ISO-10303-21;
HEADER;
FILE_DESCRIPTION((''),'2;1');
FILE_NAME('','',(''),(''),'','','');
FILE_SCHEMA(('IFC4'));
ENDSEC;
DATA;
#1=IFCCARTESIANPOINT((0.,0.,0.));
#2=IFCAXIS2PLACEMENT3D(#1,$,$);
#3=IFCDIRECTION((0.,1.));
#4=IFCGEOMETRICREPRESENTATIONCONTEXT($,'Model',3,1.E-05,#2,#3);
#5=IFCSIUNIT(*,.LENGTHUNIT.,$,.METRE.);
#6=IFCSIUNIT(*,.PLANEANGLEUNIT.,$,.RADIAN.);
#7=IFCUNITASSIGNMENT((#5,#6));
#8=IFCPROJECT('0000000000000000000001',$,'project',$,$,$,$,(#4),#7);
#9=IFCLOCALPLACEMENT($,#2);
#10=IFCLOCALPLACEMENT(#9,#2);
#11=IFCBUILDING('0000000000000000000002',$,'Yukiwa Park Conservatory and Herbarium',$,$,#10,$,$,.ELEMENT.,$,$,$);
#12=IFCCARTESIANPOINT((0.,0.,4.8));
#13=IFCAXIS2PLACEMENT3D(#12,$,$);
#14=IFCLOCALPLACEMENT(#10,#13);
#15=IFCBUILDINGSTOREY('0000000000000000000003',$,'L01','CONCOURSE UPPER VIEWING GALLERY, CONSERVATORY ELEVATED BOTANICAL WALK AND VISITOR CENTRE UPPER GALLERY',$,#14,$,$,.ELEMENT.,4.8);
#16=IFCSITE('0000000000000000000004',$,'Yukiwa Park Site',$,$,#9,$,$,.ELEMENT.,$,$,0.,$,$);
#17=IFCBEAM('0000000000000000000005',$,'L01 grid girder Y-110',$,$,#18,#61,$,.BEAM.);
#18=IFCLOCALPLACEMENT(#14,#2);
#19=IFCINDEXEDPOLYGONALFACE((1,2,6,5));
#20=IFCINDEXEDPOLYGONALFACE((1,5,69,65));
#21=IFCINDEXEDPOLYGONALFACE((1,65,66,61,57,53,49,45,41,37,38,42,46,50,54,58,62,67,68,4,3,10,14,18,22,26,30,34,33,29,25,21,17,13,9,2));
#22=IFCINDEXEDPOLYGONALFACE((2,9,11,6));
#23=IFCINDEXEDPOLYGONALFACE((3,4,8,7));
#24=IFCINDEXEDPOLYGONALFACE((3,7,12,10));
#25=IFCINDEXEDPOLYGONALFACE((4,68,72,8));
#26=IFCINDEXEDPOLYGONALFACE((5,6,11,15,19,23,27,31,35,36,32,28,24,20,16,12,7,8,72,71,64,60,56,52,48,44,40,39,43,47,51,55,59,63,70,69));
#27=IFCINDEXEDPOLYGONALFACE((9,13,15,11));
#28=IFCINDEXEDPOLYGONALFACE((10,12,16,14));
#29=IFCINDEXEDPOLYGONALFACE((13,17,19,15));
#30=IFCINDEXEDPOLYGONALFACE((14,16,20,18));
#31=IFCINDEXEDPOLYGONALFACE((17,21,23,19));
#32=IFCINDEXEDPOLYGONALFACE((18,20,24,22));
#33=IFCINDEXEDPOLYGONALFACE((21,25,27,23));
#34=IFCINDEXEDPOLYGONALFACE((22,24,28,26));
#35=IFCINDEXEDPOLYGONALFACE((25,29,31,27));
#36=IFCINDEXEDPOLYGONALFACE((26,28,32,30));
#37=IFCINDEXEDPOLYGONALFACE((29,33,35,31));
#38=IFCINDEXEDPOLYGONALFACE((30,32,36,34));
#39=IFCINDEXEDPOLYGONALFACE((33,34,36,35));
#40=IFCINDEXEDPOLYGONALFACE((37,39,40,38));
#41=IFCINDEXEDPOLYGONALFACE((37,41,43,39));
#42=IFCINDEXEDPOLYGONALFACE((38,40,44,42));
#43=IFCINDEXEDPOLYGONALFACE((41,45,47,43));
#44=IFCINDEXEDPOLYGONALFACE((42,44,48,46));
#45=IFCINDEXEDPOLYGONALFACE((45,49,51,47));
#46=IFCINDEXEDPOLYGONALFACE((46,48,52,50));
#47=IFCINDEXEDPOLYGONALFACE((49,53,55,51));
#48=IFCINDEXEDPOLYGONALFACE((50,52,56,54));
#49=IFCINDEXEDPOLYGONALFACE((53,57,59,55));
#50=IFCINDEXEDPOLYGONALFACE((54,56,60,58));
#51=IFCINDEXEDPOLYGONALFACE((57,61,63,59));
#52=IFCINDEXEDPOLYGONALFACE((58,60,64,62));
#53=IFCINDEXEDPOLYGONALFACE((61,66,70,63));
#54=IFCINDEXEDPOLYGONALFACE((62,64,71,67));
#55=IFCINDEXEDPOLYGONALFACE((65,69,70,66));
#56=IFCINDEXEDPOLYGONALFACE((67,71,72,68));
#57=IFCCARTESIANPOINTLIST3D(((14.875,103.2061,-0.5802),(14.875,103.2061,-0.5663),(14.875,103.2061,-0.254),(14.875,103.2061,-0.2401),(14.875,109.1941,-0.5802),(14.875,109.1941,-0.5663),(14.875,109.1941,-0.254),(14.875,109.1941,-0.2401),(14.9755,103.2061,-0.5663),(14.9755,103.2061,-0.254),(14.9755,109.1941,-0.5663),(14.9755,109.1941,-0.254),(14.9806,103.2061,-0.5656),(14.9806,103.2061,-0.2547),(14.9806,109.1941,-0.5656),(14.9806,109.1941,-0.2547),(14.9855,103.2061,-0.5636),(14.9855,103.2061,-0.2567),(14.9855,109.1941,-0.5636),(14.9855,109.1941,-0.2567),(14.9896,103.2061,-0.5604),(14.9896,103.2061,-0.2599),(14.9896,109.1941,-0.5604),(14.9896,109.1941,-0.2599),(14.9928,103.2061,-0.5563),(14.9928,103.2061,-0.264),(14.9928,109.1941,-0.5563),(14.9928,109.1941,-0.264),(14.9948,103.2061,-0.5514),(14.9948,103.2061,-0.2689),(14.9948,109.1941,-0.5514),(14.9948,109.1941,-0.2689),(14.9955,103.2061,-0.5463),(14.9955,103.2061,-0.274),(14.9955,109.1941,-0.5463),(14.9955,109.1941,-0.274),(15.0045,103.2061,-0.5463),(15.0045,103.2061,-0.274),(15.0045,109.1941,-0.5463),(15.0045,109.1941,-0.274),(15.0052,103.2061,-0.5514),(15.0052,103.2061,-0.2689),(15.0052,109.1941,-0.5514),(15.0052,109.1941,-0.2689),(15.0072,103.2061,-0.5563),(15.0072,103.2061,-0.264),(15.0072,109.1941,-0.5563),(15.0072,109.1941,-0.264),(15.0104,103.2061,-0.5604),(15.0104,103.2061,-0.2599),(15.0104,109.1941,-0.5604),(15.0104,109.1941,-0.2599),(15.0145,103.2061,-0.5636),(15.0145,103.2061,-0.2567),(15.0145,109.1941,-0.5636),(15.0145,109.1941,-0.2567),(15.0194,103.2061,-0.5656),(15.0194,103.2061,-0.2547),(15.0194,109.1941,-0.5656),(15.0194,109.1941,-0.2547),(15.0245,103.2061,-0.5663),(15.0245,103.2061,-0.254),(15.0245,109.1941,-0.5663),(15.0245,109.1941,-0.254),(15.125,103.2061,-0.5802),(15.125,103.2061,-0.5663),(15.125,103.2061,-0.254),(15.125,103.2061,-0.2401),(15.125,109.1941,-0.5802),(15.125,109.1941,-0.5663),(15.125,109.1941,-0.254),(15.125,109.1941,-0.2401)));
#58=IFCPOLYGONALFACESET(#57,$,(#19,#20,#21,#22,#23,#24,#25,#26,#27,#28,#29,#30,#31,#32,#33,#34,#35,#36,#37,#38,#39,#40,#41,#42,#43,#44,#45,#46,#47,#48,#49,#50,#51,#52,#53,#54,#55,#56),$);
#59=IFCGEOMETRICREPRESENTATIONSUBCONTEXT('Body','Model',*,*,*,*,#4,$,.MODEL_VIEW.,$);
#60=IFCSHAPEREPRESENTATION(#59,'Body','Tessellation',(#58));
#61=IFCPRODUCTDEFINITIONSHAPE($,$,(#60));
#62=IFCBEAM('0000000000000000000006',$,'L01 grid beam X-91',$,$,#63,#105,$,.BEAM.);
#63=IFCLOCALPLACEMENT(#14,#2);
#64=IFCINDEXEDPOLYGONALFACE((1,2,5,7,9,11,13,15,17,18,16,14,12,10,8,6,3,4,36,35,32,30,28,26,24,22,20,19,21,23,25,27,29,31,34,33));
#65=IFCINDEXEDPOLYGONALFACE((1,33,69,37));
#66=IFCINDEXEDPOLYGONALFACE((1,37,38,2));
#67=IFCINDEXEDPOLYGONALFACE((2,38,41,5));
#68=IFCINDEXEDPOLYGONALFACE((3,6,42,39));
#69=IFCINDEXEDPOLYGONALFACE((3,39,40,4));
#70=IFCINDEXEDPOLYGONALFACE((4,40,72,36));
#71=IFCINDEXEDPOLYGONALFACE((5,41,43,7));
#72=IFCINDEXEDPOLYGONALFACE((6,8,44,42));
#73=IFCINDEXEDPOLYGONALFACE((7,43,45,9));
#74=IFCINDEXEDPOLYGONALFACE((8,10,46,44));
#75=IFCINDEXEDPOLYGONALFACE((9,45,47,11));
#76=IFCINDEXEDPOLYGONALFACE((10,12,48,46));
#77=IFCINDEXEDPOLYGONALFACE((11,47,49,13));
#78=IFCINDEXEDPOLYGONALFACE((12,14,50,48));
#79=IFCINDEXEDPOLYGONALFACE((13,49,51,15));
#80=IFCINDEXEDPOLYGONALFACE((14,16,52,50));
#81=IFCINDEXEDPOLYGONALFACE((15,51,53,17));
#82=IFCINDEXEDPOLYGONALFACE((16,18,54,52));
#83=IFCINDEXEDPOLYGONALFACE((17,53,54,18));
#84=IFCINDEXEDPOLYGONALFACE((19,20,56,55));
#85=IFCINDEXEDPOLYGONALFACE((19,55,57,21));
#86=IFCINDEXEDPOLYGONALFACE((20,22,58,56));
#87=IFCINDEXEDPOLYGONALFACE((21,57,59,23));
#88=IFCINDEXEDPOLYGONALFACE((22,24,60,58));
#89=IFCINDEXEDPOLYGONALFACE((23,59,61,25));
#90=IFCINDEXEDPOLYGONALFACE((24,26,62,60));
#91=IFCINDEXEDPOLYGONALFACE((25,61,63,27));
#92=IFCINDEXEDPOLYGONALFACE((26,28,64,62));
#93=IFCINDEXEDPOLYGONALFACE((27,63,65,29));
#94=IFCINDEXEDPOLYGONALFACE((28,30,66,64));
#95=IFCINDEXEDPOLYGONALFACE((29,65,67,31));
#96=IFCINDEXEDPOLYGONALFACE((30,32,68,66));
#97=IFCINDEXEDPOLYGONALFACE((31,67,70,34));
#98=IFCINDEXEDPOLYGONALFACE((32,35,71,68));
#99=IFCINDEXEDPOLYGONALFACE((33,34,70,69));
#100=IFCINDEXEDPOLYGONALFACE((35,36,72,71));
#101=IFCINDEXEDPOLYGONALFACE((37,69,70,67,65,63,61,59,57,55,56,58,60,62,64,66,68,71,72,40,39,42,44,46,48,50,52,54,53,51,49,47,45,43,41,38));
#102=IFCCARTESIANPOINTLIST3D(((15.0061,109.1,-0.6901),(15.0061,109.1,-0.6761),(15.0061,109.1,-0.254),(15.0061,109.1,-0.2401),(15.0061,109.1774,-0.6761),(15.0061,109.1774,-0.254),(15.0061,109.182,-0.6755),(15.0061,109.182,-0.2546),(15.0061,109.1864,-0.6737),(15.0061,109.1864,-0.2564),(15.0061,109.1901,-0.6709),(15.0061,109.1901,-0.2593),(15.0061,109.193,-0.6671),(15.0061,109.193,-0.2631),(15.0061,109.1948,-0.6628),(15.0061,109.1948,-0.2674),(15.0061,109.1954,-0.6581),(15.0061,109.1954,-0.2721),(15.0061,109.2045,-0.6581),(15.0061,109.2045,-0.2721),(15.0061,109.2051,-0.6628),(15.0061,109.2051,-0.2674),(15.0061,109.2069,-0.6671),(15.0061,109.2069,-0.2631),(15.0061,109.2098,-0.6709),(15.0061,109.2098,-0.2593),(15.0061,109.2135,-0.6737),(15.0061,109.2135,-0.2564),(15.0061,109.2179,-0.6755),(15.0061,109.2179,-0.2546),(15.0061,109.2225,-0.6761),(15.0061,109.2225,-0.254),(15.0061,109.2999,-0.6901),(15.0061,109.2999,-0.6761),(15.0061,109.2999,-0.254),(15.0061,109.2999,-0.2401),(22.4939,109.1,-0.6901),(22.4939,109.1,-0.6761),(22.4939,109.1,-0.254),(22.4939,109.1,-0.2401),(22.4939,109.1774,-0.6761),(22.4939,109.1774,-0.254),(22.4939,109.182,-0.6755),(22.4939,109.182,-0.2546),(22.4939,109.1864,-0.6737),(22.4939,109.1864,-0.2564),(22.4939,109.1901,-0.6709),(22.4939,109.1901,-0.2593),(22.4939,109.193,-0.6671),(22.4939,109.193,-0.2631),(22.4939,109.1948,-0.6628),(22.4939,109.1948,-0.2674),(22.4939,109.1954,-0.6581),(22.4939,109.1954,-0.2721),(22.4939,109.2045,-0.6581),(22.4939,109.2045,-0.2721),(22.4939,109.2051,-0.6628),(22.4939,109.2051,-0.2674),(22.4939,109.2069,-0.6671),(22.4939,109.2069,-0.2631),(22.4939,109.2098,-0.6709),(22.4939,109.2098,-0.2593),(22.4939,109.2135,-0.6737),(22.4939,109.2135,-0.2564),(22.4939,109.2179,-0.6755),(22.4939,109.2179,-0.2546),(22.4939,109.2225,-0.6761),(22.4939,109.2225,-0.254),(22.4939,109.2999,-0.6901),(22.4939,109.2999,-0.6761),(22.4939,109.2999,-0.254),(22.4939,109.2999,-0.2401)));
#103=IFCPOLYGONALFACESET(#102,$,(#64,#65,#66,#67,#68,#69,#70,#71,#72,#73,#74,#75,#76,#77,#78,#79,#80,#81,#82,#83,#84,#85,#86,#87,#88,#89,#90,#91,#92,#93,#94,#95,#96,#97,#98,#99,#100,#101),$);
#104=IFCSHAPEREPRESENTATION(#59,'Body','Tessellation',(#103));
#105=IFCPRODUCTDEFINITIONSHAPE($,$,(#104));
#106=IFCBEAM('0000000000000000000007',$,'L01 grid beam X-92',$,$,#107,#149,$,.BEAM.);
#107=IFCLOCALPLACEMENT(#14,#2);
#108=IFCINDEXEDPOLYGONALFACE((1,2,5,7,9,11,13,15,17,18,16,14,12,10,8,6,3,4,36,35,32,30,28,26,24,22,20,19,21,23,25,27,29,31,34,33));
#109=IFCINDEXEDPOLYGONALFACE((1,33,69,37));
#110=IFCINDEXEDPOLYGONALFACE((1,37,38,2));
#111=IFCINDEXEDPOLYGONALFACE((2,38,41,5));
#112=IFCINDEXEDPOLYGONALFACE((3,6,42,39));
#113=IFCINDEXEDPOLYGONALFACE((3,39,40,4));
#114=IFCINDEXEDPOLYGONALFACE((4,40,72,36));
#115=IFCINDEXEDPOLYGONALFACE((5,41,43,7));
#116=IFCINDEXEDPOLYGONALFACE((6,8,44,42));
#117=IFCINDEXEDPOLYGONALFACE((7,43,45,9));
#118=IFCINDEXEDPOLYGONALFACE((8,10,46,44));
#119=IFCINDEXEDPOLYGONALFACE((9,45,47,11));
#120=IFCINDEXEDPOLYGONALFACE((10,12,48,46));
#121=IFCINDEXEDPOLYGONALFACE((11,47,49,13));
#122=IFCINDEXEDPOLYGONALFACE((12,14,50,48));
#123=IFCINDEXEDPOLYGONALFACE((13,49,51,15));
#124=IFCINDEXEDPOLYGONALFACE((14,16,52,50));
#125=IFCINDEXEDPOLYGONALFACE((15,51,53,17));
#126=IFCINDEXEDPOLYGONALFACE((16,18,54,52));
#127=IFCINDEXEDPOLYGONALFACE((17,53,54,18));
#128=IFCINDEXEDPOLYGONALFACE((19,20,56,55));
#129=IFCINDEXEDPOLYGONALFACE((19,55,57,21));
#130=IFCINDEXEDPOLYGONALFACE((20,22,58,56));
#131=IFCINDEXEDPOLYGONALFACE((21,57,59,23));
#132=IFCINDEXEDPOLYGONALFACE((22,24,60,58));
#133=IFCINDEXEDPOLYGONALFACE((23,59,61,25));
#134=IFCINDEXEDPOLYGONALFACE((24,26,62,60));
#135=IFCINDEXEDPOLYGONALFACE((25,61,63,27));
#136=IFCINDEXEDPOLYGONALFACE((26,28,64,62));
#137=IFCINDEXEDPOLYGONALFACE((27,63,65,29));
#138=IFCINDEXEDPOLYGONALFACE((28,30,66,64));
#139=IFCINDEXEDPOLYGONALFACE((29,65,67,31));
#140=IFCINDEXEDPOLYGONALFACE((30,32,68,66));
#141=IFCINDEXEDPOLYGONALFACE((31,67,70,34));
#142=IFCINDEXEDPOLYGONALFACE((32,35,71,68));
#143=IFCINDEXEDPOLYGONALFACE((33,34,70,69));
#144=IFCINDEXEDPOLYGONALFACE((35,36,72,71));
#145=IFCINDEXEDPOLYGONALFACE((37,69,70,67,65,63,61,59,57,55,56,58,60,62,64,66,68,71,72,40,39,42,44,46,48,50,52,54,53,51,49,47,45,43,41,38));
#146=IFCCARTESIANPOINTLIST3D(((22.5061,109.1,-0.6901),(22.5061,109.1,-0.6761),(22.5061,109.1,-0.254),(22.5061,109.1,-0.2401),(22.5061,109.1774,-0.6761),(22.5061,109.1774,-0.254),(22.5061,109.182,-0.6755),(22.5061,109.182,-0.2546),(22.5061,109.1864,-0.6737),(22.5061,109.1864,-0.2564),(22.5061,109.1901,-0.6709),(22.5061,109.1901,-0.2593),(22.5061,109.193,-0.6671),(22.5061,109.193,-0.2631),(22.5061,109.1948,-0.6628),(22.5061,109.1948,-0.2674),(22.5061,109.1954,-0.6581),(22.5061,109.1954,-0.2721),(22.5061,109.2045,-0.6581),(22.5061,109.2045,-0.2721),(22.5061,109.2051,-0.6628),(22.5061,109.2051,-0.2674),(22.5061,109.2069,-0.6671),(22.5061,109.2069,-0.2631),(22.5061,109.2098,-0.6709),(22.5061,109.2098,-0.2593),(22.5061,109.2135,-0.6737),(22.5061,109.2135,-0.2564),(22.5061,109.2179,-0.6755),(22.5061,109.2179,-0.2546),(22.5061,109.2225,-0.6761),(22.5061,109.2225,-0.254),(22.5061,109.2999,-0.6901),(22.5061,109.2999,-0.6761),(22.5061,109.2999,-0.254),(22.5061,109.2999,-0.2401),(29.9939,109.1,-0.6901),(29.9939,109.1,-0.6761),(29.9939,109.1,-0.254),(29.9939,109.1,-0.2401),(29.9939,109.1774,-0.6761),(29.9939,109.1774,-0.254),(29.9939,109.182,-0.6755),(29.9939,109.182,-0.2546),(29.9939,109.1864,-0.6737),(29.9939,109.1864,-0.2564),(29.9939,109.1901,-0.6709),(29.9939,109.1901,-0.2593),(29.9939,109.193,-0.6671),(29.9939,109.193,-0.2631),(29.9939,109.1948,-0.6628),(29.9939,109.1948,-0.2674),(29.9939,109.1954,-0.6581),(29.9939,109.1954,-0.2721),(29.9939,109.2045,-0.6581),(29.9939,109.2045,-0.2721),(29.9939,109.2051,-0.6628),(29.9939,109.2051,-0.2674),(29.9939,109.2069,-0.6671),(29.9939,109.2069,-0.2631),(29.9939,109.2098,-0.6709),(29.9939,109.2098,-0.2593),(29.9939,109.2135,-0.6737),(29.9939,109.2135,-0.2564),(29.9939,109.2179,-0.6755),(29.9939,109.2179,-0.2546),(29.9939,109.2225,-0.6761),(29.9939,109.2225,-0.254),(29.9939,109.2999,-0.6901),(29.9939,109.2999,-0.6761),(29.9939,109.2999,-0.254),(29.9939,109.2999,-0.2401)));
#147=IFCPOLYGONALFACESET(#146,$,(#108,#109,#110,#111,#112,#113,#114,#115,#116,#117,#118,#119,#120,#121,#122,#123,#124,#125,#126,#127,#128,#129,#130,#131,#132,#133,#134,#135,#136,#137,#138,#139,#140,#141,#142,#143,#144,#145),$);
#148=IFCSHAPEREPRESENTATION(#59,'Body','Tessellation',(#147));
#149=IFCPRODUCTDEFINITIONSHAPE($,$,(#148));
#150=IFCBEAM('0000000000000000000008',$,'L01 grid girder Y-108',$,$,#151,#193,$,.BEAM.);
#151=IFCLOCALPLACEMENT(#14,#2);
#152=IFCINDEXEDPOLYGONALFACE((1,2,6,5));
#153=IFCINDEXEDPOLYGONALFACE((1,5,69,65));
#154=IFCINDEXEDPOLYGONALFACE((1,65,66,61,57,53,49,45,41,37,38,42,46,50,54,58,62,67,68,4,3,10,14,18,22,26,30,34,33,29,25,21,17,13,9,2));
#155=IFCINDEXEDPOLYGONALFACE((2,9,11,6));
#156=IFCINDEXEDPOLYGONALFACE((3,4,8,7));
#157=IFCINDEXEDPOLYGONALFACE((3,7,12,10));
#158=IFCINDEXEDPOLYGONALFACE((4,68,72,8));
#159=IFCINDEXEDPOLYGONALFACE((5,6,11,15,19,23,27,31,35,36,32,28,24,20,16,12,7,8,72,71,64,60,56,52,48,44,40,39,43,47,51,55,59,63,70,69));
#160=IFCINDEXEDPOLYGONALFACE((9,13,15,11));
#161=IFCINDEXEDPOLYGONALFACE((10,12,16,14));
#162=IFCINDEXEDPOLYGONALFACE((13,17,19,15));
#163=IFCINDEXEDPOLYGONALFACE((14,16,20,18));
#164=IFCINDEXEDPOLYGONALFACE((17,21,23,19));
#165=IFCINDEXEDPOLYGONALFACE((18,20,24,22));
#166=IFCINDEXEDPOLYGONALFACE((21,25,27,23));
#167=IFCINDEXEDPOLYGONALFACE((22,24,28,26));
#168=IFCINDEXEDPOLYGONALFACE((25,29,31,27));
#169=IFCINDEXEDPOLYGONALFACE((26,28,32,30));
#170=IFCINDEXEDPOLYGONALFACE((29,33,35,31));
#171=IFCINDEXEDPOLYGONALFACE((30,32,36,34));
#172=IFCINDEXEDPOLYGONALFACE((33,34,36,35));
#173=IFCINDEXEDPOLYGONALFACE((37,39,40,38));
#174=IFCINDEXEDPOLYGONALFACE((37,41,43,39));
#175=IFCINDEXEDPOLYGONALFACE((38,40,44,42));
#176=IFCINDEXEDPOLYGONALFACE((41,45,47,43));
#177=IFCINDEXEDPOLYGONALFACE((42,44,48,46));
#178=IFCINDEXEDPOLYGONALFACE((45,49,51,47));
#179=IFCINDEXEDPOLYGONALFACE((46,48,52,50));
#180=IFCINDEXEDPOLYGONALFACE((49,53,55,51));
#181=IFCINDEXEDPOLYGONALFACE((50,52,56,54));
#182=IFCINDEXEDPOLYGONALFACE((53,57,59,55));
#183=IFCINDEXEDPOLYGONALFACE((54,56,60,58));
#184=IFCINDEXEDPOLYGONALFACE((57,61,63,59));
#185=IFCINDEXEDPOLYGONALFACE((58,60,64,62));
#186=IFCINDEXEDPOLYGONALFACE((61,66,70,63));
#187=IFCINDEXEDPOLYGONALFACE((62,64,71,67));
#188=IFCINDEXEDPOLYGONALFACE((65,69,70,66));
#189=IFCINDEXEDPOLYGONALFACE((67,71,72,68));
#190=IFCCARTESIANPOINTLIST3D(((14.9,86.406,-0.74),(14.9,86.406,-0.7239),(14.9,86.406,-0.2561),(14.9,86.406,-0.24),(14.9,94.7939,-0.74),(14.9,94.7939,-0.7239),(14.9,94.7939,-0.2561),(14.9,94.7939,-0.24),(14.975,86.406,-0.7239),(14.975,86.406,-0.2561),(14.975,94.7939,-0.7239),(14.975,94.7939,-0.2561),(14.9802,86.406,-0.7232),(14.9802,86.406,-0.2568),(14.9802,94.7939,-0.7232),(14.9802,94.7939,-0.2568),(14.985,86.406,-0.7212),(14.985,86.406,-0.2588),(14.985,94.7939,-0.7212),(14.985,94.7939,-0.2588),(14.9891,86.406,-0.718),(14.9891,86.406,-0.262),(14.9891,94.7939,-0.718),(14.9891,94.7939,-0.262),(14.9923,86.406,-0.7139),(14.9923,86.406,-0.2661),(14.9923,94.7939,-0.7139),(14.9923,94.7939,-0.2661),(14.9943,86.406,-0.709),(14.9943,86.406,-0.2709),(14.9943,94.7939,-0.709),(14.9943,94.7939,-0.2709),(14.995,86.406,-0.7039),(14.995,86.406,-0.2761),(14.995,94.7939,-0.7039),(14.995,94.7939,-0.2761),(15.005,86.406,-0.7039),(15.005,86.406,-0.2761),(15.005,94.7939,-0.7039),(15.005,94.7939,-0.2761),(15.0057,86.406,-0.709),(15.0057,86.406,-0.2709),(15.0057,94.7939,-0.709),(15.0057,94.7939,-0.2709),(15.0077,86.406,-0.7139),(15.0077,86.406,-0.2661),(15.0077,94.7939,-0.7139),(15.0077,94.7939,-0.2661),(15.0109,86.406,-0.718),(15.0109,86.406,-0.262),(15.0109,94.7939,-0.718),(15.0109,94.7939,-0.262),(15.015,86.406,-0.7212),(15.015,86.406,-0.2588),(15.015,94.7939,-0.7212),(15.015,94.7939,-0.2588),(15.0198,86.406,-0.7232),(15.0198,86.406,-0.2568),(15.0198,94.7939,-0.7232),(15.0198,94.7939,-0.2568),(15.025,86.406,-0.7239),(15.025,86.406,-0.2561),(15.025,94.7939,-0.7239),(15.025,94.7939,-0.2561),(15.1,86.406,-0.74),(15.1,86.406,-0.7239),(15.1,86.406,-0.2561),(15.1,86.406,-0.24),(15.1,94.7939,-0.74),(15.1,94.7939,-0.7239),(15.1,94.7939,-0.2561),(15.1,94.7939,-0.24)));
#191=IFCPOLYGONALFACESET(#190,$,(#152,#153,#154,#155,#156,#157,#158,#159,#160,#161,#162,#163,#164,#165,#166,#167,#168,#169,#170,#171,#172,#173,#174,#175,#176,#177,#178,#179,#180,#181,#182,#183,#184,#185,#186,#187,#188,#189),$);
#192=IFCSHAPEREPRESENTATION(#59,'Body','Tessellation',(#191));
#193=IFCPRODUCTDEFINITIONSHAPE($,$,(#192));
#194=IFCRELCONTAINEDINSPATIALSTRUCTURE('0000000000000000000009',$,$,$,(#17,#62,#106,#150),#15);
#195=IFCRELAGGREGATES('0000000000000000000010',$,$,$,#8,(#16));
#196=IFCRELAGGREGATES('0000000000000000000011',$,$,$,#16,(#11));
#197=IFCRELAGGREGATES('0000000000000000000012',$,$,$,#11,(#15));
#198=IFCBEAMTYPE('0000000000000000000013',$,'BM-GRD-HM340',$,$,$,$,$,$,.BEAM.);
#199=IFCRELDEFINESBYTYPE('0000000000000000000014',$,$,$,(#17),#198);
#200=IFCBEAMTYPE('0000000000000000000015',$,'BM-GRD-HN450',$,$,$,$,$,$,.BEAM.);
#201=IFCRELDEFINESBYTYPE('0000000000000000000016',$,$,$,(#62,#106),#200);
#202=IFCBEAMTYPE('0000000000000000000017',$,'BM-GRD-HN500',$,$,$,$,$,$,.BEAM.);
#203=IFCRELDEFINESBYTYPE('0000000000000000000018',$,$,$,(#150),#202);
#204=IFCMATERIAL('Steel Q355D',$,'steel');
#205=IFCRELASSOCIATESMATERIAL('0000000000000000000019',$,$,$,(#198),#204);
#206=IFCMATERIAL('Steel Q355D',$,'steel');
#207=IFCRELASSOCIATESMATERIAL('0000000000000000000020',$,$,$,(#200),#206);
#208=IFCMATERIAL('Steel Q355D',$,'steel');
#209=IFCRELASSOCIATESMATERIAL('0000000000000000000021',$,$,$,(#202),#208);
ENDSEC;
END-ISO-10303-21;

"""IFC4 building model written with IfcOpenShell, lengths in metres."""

from ifc_helpers import new_model, si_unit, direction, frame, origin, origin_2d, place, context, subcontext, project, spatial, i_section, extrude, material, material_profile, profile_set, type_object, element, save


model = new_model("IFC4")

# Units and contexts
model_context = context("Model", 3, precision=1e-05, world=origin(), true_north=direction((0.0, 1.0)))
body_context = subcontext(model_context, "Body", "Model", "MODEL_VIEW")
ifc_project = project(units=[si_unit("LENGTHUNIT", "METRE"), si_unit("PLANEANGLEUNIT", "RADIAN")], contexts=[model_context])

# Site, building, storey
site_placement = place(None, origin())
site = spatial("IfcSite", under=ifc_project, at=site_placement, Name="Yukiwa Park Site", CompositionType="ELEMENT", RefElevation=0.0)
building_placement = place(site_placement, origin())
building = spatial("IfcBuilding", under=site, at=building_placement, Name="Yukiwa Park Conservatory and Herbarium", CompositionType="ELEMENT")
storey_placement = place(building_placement, frame((0.0, 0.0, 4.8)))
storey = spatial("IfcBuildingStorey", under=building, at=storey_placement, Name="L01", Description="CONCOURSE UPPER VIEWING GALLERY, CONSERVATORY ELEVATED BOTANICAL WALK AND VISITOR CENTRE UPPER GALLERY", CompositionType="ELEMENT", Elevation=4.8)

# Beams
ifc_material_1 = material(Name="Steel Q355D", Category="steel")
ifc_material_profile_1 = material_profile(ifc_material_1, i_section(OverallWidth=0.25, OverallDepth=0.3401, WebThickness=0.009, FlangeThickness=0.0139, FilletRadius=0.02, at=origin_2d()), Name="HM 340x250x9x14")
ifc_profile_set_1 = profile_set([ifc_material_profile_1], Name="Steel Q355D")
beam_type_1 = type_object("IfcBeamType", Name="BM-GRD-HM340", PredefinedType="BEAM", material=ifc_profile_set_1)
beam_1_placement = place(storey_placement, frame((15.0, 103.2061, -0.4102), z_axis=(0.0, 1.0, 0.0), x_axis=(-1.0, 0.0, 0.0)))
element("IfcBeam", 1, at=beam_1_placement, inside=storey, type_object=beam_type_1, Name="L01 grid girder Y-110", PredefinedType="BEAM", context=body_context, shape_type="SweptSolid", body=[
    extrude(i_section(OverallWidth=0.25, OverallDepth=0.3401, WebThickness=0.009, FlangeThickness=0.0139, FilletRadius=0.02, at=origin_2d()), origin(), (0.0, 0.0, 1.0), 5.988),
])
ifc_material_2 = material(Name="Steel Q355D", Category="steel")
ifc_material_profile_2 = material_profile(ifc_material_2, i_section(OverallWidth=0.2, OverallDepth=0.45, WebThickness=0.009, FlangeThickness=0.0139, FilletRadius=0.0181, at=origin_2d()), Name="HN 450x200x9x14")
ifc_profile_set_2 = profile_set([ifc_material_profile_2], Name="Steel Q355D")
beam_type_2 = type_object("IfcBeamType", Name="BM-GRD-HN450", PredefinedType="BEAM", material=ifc_profile_set_2)
for number, where, z_axis, x_axis, name in (
    (2, (15.0061, 109.2, -0.4651), (1.0, 0.0, 0.0), (0.0, 1.0, 0.0), "L01 grid beam X-91"),
    (3, (22.5061, 109.2, -0.4651), (1.0, 0.0, 0.0), (0.0, 1.0, 0.0), "L01 grid beam X-92"),
):
    element("IfcBeam", number, at=place(storey_placement, frame(where, z_axis=z_axis, x_axis=x_axis)), inside=storey, type_object=beam_type_2, Name=name, PredefinedType="BEAM", context=body_context, shape_type="SweptSolid", body=[
        extrude(i_section(OverallWidth=0.2, OverallDepth=0.45, WebThickness=0.009, FlangeThickness=0.0139, FilletRadius=0.0181, at=origin_2d()), origin(), (0.0, 0.0, 1.0), 7.4878),
    ])
ifc_material_3 = material(Name="Steel Q355D", Category="steel")
ifc_material_profile_3 = material_profile(ifc_material_3, i_section(OverallWidth=0.2, OverallDepth=0.5, WebThickness=0.01, FlangeThickness=0.0161, FilletRadius=0.02, at=origin_2d()), Name="HN 500x200x10x16")
ifc_profile_set_3 = profile_set([ifc_material_profile_3], Name="Steel Q355D")
beam_type_3 = type_object("IfcBeamType", Name="BM-GRD-HN500", PredefinedType="BEAM", material=ifc_profile_set_3)
beam_2_placement = place(storey_placement, frame((15.0, 86.406, -0.49), z_axis=(0.0, 1.0, 0.0), x_axis=(-1.0, 0.0, 0.0)))
element("IfcBeam", 4, at=beam_2_placement, inside=storey, type_object=beam_type_3, Name="L01 grid girder Y-108", PredefinedType="BEAM", context=body_context, shape_type="SweptSolid", body=[
    extrude(i_section(OverallWidth=0.2, OverallDepth=0.5, WebThickness=0.01, FlangeThickness=0.0161, FilletRadius=0.02, at=origin_2d()), origin(), (0.0, 0.0, 1.0), 8.3879),
])

save(model, "model.ifc")
